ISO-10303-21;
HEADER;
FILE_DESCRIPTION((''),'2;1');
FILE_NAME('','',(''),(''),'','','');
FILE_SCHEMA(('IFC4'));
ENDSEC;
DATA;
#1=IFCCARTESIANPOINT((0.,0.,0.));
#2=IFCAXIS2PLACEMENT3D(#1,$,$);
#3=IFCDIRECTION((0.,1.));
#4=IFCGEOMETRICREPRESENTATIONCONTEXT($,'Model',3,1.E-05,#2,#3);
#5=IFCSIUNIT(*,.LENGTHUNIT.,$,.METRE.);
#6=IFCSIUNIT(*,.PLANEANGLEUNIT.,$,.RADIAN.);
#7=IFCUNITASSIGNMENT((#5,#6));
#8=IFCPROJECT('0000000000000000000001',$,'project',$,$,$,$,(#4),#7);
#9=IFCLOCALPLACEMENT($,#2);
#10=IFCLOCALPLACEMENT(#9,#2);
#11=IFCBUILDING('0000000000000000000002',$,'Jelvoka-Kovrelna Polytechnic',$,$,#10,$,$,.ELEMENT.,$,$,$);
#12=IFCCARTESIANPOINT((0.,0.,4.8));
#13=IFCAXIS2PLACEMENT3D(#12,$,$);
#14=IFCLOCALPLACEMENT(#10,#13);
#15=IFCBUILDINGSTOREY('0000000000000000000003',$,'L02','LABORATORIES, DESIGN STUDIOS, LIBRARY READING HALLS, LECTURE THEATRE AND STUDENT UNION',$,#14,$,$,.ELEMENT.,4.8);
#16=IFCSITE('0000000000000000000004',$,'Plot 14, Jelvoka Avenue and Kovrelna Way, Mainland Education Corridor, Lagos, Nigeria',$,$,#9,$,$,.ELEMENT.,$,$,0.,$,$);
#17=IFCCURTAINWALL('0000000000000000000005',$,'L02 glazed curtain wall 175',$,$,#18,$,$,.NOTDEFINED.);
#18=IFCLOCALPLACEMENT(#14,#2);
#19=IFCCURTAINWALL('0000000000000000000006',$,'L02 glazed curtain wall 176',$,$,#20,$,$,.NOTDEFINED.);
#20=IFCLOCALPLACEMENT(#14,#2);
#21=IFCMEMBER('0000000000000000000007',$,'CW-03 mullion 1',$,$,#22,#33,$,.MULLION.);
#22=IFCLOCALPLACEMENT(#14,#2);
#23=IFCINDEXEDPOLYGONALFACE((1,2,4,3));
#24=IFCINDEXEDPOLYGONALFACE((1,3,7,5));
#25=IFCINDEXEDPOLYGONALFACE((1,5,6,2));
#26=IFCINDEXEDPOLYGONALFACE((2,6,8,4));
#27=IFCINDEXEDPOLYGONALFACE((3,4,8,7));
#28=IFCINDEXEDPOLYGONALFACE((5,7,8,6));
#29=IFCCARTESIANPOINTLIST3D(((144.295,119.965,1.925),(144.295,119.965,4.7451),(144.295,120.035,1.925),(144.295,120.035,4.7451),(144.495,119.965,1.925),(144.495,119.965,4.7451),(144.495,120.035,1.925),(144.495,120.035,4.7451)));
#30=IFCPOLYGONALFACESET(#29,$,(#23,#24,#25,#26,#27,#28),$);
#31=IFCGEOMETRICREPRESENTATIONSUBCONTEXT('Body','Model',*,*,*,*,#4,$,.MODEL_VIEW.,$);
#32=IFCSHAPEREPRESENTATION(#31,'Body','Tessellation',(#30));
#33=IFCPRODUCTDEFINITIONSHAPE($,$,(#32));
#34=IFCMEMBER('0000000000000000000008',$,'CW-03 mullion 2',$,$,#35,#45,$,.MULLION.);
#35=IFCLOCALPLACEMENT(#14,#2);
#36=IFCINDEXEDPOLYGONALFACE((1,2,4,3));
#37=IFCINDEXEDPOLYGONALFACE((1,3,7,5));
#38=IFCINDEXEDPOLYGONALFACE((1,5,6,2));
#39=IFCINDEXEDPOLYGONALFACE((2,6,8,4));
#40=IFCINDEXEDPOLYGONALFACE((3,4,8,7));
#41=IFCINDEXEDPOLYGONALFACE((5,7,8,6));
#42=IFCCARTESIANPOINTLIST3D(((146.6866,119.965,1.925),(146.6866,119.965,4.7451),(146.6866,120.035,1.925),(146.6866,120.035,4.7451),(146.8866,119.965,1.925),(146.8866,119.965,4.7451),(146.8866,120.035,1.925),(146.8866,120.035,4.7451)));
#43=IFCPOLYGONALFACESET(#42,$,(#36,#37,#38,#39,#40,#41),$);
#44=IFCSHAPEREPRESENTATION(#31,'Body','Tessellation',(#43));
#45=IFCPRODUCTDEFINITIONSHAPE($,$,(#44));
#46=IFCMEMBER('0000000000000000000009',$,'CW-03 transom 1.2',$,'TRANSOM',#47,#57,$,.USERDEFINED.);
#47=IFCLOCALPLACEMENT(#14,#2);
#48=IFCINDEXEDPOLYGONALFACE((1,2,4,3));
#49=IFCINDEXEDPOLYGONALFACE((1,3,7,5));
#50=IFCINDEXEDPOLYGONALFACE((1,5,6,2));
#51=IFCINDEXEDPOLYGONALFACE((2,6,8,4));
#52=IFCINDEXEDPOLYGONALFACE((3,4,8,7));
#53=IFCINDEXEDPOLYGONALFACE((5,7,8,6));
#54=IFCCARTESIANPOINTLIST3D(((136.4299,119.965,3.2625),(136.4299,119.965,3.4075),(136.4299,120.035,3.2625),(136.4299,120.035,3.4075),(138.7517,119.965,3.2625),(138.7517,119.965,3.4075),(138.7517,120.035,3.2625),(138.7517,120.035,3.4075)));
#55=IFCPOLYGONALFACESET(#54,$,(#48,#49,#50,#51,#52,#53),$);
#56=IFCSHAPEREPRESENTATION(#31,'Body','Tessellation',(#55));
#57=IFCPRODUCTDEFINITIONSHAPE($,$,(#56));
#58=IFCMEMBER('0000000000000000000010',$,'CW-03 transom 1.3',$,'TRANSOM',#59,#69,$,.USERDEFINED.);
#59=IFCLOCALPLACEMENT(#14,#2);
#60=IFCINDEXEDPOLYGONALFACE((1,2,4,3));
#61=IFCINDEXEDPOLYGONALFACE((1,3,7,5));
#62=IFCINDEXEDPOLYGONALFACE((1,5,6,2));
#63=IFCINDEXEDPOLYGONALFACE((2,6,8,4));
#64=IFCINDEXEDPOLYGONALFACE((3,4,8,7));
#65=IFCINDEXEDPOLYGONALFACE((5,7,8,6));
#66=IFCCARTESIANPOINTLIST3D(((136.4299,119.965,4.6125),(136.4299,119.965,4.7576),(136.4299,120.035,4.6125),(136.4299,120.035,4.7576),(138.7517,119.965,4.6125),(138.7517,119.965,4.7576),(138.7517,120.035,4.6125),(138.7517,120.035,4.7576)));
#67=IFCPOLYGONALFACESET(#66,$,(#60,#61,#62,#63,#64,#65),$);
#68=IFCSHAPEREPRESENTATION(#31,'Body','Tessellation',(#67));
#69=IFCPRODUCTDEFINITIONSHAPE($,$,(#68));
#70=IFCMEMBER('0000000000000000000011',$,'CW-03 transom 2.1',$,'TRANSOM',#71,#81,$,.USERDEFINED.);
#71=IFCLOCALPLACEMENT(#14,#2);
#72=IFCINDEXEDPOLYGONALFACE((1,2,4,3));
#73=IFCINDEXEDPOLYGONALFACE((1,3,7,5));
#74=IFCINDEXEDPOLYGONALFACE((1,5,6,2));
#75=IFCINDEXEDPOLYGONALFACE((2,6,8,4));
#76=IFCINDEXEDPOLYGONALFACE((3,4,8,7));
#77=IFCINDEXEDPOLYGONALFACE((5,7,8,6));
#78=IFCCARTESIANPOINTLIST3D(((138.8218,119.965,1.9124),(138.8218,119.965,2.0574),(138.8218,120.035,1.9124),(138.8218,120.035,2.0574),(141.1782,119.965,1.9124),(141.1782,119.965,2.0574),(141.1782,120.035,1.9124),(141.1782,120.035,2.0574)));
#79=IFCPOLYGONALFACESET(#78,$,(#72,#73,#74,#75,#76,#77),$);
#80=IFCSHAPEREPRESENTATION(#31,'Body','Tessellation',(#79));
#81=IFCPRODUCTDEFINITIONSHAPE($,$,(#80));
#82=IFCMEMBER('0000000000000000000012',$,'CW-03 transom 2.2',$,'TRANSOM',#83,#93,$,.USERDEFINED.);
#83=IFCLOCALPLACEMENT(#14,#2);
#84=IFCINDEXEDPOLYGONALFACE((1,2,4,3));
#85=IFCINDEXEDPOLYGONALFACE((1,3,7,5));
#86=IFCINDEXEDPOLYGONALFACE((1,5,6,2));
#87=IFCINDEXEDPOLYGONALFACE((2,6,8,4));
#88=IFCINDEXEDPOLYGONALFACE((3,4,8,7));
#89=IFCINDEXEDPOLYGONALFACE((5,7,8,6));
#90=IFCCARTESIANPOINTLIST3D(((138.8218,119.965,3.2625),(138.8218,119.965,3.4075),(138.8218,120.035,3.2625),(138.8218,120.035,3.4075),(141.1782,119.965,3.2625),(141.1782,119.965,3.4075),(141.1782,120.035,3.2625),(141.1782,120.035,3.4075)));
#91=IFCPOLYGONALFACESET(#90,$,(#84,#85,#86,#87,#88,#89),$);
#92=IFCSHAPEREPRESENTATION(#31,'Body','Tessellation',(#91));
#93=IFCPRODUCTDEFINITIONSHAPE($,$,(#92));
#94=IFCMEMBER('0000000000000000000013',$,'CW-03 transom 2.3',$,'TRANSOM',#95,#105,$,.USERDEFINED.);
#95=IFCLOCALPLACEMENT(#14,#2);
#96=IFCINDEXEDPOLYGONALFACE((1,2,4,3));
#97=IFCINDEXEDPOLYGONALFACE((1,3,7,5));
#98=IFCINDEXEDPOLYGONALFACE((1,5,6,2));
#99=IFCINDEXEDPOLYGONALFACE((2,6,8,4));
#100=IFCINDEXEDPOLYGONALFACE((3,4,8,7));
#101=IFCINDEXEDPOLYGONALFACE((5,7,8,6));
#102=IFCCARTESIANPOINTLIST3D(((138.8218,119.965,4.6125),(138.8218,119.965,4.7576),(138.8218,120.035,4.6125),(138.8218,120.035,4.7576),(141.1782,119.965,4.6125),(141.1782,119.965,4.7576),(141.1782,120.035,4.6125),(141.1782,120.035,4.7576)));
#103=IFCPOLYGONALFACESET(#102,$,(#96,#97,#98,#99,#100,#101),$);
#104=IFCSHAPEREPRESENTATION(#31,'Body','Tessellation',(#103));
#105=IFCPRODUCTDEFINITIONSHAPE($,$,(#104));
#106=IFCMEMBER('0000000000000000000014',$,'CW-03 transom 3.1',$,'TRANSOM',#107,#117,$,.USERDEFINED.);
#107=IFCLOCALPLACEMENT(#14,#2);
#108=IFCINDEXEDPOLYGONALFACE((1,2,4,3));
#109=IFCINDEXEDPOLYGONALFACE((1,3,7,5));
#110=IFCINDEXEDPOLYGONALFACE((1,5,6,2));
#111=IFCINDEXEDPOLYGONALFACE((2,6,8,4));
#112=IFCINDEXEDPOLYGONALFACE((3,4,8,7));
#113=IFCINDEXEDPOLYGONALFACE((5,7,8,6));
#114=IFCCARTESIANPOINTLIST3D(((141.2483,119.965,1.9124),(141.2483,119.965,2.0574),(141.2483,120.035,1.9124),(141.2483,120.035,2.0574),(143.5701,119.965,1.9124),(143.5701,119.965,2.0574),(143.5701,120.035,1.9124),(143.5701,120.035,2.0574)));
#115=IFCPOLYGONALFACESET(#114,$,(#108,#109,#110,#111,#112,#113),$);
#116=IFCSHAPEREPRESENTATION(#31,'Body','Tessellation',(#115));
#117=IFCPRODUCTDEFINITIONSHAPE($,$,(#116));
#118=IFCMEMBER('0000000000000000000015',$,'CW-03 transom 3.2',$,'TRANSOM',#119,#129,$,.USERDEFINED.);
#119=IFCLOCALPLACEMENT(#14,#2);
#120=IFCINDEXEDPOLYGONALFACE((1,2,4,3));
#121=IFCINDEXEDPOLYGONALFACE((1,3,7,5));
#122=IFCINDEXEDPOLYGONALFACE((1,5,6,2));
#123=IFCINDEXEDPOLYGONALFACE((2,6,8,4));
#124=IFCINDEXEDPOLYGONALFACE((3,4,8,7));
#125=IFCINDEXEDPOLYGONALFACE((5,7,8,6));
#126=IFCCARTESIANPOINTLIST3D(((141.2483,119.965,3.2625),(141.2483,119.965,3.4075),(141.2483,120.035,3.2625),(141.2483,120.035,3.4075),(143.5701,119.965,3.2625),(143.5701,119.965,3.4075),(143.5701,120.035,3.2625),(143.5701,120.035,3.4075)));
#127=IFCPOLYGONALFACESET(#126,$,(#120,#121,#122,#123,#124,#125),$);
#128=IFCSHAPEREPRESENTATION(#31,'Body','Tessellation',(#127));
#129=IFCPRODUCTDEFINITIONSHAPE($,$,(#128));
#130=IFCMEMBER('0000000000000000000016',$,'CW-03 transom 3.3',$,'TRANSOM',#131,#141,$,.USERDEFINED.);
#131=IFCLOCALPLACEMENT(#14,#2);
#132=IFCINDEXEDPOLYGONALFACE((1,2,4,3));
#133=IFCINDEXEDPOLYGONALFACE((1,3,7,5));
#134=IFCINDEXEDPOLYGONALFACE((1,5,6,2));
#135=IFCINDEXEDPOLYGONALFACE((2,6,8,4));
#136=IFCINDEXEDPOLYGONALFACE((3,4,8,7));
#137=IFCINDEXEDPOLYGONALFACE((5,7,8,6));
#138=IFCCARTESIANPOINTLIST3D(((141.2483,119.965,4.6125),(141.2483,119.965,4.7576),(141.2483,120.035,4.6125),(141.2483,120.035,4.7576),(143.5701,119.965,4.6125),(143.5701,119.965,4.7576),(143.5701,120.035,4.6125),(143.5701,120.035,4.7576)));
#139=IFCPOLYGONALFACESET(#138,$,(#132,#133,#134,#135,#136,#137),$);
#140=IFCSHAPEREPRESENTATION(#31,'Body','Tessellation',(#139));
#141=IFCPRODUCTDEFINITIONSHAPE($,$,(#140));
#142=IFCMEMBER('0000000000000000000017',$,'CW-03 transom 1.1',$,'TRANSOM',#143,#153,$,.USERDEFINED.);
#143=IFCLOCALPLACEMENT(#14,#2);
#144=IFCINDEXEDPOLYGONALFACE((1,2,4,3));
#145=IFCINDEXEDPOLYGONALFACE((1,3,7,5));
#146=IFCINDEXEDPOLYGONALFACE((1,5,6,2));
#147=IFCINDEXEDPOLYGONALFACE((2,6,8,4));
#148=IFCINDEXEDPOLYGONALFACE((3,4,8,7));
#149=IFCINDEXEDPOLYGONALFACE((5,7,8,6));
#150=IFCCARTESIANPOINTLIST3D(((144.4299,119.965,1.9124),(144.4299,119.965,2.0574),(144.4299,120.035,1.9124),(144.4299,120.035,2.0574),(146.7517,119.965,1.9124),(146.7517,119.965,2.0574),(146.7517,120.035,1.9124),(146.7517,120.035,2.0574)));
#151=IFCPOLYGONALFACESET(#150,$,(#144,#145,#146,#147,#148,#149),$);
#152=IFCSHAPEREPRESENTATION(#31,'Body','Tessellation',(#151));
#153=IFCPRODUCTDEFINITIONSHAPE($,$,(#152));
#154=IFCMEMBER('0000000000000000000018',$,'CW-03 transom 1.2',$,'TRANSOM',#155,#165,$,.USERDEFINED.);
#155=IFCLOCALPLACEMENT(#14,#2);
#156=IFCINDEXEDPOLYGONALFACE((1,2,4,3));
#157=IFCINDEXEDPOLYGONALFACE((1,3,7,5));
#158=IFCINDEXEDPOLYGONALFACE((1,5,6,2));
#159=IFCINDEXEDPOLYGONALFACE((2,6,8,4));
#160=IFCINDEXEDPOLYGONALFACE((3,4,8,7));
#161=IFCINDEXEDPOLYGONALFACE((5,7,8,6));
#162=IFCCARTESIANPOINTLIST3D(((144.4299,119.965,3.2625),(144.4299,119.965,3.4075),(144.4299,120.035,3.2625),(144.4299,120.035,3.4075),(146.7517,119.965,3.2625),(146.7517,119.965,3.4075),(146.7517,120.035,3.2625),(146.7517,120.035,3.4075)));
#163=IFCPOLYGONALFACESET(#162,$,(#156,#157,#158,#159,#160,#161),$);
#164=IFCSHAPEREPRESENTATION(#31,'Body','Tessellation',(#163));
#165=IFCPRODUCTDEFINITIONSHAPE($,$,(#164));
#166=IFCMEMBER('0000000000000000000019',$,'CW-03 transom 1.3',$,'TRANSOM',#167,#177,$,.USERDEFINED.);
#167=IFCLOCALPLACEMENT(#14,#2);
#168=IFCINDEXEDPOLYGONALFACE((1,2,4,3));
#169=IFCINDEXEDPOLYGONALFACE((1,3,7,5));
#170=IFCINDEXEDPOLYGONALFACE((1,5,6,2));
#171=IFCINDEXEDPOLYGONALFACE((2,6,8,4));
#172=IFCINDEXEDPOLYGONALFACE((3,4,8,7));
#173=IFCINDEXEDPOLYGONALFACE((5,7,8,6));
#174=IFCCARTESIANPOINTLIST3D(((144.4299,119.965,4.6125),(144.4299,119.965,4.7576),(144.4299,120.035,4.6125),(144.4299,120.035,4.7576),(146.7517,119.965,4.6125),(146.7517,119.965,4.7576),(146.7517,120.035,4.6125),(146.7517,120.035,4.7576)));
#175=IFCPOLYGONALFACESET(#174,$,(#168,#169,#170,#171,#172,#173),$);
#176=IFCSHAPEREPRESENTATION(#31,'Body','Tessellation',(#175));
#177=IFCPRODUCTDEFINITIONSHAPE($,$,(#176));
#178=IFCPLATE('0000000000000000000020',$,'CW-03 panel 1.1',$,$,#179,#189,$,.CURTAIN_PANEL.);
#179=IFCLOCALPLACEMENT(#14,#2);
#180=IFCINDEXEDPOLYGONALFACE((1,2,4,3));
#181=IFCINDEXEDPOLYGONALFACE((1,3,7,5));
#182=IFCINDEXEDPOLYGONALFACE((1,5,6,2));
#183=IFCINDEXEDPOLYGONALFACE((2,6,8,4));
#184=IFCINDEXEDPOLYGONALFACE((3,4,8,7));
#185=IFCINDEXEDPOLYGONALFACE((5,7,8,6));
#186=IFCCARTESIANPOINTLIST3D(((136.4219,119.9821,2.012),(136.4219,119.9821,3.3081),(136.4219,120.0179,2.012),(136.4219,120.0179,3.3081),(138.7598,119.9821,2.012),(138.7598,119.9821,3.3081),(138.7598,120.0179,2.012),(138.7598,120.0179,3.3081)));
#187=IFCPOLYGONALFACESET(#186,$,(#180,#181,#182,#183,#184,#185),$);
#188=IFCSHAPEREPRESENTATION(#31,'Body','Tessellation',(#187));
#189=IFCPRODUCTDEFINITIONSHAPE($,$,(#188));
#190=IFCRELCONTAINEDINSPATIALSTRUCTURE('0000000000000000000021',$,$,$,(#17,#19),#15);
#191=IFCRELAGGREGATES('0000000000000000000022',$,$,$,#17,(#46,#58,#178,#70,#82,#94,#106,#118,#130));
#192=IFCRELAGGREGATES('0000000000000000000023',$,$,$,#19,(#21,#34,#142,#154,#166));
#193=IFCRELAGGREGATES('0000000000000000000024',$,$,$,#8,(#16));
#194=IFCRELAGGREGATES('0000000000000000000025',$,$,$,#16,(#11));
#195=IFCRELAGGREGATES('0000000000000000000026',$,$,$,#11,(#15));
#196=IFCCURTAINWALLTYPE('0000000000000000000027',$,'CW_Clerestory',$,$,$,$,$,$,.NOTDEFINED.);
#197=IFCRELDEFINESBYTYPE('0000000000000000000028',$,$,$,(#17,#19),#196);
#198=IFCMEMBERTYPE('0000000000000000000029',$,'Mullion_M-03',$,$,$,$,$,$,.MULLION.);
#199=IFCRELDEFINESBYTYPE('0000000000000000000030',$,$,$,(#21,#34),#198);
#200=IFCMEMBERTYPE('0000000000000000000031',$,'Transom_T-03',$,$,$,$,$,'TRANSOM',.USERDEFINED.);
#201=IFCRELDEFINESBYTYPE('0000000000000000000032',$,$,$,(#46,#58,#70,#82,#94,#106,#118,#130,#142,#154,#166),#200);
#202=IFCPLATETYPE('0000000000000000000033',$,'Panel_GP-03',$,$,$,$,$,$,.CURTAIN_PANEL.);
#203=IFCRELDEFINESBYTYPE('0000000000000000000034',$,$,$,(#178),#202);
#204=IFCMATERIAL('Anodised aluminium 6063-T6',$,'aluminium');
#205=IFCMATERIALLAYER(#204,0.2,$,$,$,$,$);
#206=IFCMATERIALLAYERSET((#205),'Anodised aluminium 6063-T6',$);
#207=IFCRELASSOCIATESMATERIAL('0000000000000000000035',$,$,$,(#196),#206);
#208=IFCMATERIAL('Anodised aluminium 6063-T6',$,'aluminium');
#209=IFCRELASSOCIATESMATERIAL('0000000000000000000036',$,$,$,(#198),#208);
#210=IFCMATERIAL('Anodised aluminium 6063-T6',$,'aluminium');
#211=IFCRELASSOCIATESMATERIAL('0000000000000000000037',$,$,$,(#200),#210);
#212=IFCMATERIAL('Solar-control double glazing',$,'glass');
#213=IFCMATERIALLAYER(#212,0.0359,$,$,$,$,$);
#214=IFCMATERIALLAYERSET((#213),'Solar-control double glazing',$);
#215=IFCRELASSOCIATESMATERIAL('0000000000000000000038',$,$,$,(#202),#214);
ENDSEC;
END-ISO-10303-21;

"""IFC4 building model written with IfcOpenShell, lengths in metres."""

from ifc_helpers import new_model, si_unit, direction, frame, origin, origin_2d, place, context, subcontext, project, spatial, rectangle, extrude, material, layer, layer_set, material_profile, profile_set, type_object, element, aggregate, save


model = new_model("IFC4")

# Units and contexts
model_context = context("Model", 3, precision=1e-05, world=origin(), true_north=direction((0.0, 1.0)))
body_context = subcontext(model_context, "Body", "Model", "MODEL_VIEW")
ifc_project = project(units=[si_unit("LENGTHUNIT", "METRE"), si_unit("PLANEANGLEUNIT", "RADIAN")], contexts=[model_context])

# Site, building, storey
site_placement = place(None, origin())
site = spatial("IfcSite", under=ifc_project, at=site_placement, Name="Plot 14, Jelvoka Avenue and Kovrelna Way, Mainland Education Corridor, Lagos, Nigeria", CompositionType="ELEMENT", RefElevation=0.0)
building_placement = place(site_placement, origin())
building = spatial("IfcBuilding", under=site, at=building_placement, Name="Jelvoka-Kovrelna Polytechnic", CompositionType="ELEMENT")
storey_placement = place(building_placement, frame((0.0, 0.0, 4.8)))
storey = spatial("IfcBuildingStorey", under=building, at=storey_placement, Name="L02", Description="LABORATORIES, DESIGN STUDIOS, LIBRARY READING HALLS, LECTURE THEATRE AND STUDENT UNION", CompositionType="ELEMENT", Elevation=4.8)

# Curtain walls, members
ifc_material_1 = material(Name="Anodised aluminium 6063-T6", Category="aluminium")
ifc_layer_1 = layer(ifc_material_1, 0.2)
ifc_layer_set_1 = layer_set([ifc_layer_1], Name="Anodised aluminium 6063-T6")
curtain_wall_type = type_object("IfcCurtainWallType", Name="CW_Clerestory", PredefinedType="NOTDEFINED", material=ifc_layer_set_1)
curtain_wall_1_placement = place(storey_placement, origin())
curtain_wall_1 = element("IfcCurtainWall", 1, at=curtain_wall_1_placement, inside=storey, type_object=curtain_wall_type, Name="L02 glazed curtain wall 175", PredefinedType="NOTDEFINED")
ifc_material_2 = material(Name="Anodised aluminium 6063-T6", Category="aluminium")
ifc_material_profile_1 = material_profile(ifc_material_2, rectangle(XDim=0.0701, YDim=0.2, at=origin_2d()), Name="ALU 70x200")
ifc_profile_set_1 = profile_set([ifc_material_profile_1], Name="Anodised aluminium 6063-T6")
member_type_1 = type_object("IfcMemberType", Name="Mullion_M-03", PredefinedType="MULLION", material=ifc_profile_set_1)
curtain_wall_2_placement = place(storey_placement, origin())
curtain_wall_2 = element("IfcCurtainWall", 2, at=curtain_wall_2_placement, inside=storey, type_object=curtain_wall_type, Name="L02 glazed curtain wall 176", PredefinedType="NOTDEFINED")
member_1_placement = place(storey_placement, frame((144.395, 120.0, 1.925), z_axis=(0.0, 0.0, 1.0), x_axis=(0.0, 1.0, 0.0)))
member_1 = element("IfcMember", 3, at=member_1_placement, type_object=member_type_1, Name="CW-03 mullion 1", PredefinedType="MULLION", context=body_context, shape_type="SweptSolid", body=[
    extrude(rectangle(XDim=0.0701, YDim=0.2, at=origin_2d()), origin(), (0.0, 0.0, 1.0), 2.8201),
])
member_2_placement = place(storey_placement, frame((146.7866, 120.0, 1.925), z_axis=(0.0, 0.0, 1.0), x_axis=(0.0, 1.0, 0.0)))
member_2 = element("IfcMember", 4, at=member_2_placement, type_object=member_type_1, Name="CW-03 mullion 2", PredefinedType="MULLION", context=body_context, shape_type="SweptSolid", body=[
    extrude(rectangle(XDim=0.0701, YDim=0.2, at=origin_2d()), origin(), (0.0, 0.0, 1.0), 2.8201),
])

# Members
ifc_material_3 = material(Name="Anodised aluminium 6063-T6", Category="aluminium")
ifc_material_profile_2 = material_profile(ifc_material_3, rectangle(XDim=0.0701, YDim=0.145, at=origin_2d()), Name="ALU 70x145")
ifc_profile_set_2 = profile_set([ifc_material_profile_2], Name="Anodised aluminium 6063-T6")
member_type_2 = type_object("IfcMemberType", Name="Transom_T-03", ElementType="TRANSOM", PredefinedType="USERDEFINED", material=ifc_profile_set_2)
member_3_placement = place(storey_placement, frame((136.4299, 120.0, 3.335), z_axis=(1.0, 0.0, 0.0), x_axis=(0.0, 1.0, 0.0)))
member_3 = element("IfcMember", 5, at=member_3_placement, type_object=member_type_2, Name="CW-03 transom 1.2", ObjectType="TRANSOM", PredefinedType="USERDEFINED", context=body_context, shape_type="SweptSolid", body=[
    extrude(rectangle(XDim=0.0701, YDim=0.145, at=origin_2d()), origin(), (0.0, 0.0, 1.0), 2.3218),
])
member_4_placement = place(storey_placement, frame((136.4299, 120.0, 4.6851), z_axis=(1.0, 0.0, 0.0), x_axis=(0.0, 1.0, 0.0)))
member_4 = element("IfcMember", 6, at=member_4_placement, type_object=member_type_2, Name="CW-03 transom 1.3", ObjectType="TRANSOM", PredefinedType="USERDEFINED", context=body_context, shape_type="SweptSolid", body=[
    extrude(rectangle(XDim=0.0701, YDim=0.145, at=origin_2d()), origin(), (0.0, 0.0, 1.0), 2.3218),
])
member_5_placement = place(storey_placement, frame((138.8218, 120.0, 1.9849), z_axis=(1.0, 0.0, 0.0), x_axis=(0.0, 1.0, 0.0)))
member_5 = element("IfcMember", 7, at=member_5_placement, type_object=member_type_2, Name="CW-03 transom 2.1", ObjectType="TRANSOM", PredefinedType="USERDEFINED", context=body_context, shape_type="SweptSolid", body=[
    extrude(rectangle(XDim=0.0701, YDim=0.145, at=origin_2d()), origin(), (0.0, 0.0, 1.0), 2.3564),
])
member_6_placement = place(storey_placement, frame((138.8218, 120.0, 3.335), z_axis=(1.0, 0.0, 0.0), x_axis=(0.0, 1.0, 0.0)))
member_6 = element("IfcMember", 8, at=member_6_placement, type_object=member_type_2, Name="CW-03 transom 2.2", ObjectType="TRANSOM", PredefinedType="USERDEFINED", context=body_context, shape_type="SweptSolid", body=[
    extrude(rectangle(XDim=0.0701, YDim=0.145, at=origin_2d()), origin(), (0.0, 0.0, 1.0), 2.3564),
])
member_7_placement = place(storey_placement, frame((138.8218, 120.0, 4.6851), z_axis=(1.0, 0.0, 0.0), x_axis=(0.0, 1.0, 0.0)))
member_7 = element("IfcMember", 9, at=member_7_placement, type_object=member_type_2, Name="CW-03 transom 2.3", ObjectType="TRANSOM", PredefinedType="USERDEFINED", context=body_context, shape_type="SweptSolid", body=[
    extrude(rectangle(XDim=0.0701, YDim=0.145, at=origin_2d()), origin(), (0.0, 0.0, 1.0), 2.3564),
])
member_8_placement = place(storey_placement, frame((141.2483, 120.0, 1.9849), z_axis=(1.0, 0.0, 0.0), x_axis=(0.0, 1.0, 0.0)))
member_8 = element("IfcMember", 10, at=member_8_placement, type_object=member_type_2, Name="CW-03 transom 3.1", ObjectType="TRANSOM", PredefinedType="USERDEFINED", context=body_context, shape_type="SweptSolid", body=[
    extrude(rectangle(XDim=0.0701, YDim=0.145, at=origin_2d()), origin(), (0.0, 0.0, 1.0), 2.3218),
])
member_9_placement = place(storey_placement, frame((141.2483, 120.0, 3.335), z_axis=(1.0, 0.0, 0.0), x_axis=(0.0, 1.0, 0.0)))
member_9 = element("IfcMember", 11, at=member_9_placement, type_object=member_type_2, Name="CW-03 transom 3.2", ObjectType="TRANSOM", PredefinedType="USERDEFINED", context=body_context, shape_type="SweptSolid", body=[
    extrude(rectangle(XDim=0.0701, YDim=0.145, at=origin_2d()), origin(), (0.0, 0.0, 1.0), 2.3218),
])
member_10_placement = place(storey_placement, frame((141.2483, 120.0, 4.6851), z_axis=(1.0, 0.0, 0.0), x_axis=(0.0, 1.0, 0.0)))
member_10 = element("IfcMember", 12, at=member_10_placement, type_object=member_type_2, Name="CW-03 transom 3.3", ObjectType="TRANSOM", PredefinedType="USERDEFINED", context=body_context, shape_type="SweptSolid", body=[
    extrude(rectangle(XDim=0.0701, YDim=0.145, at=origin_2d()), origin(), (0.0, 0.0, 1.0), 2.3218),
])
member_11_placement = place(storey_placement, frame((144.4299, 120.0, 1.9849), z_axis=(1.0, 0.0, 0.0), x_axis=(0.0, 1.0, 0.0)))
member_11 = element("IfcMember", 13, at=member_11_placement, type_object=member_type_2, Name="CW-03 transom 1.1", ObjectType="TRANSOM", PredefinedType="USERDEFINED", context=body_context, shape_type="SweptSolid", body=[
    extrude(rectangle(XDim=0.0701, YDim=0.145, at=origin_2d()), origin(), (0.0, 0.0, 1.0), 2.3218),
])
member_12_placement = place(storey_placement, frame((144.4299, 120.0, 3.335), z_axis=(1.0, 0.0, 0.0), x_axis=(0.0, 1.0, 0.0)))
member_12 = element("IfcMember", 14, at=member_12_placement, type_object=member_type_2, Name="CW-03 transom 1.2", ObjectType="TRANSOM", PredefinedType="USERDEFINED", context=body_context, shape_type="SweptSolid", body=[
    extrude(rectangle(XDim=0.0701, YDim=0.145, at=origin_2d()), origin(), (0.0, 0.0, 1.0), 2.3218),
])
member_13_placement = place(storey_placement, frame((144.4299, 120.0, 4.6851), z_axis=(1.0, 0.0, 0.0), x_axis=(0.0, 1.0, 0.0)))
member_13 = element("IfcMember", 15, at=member_13_placement, type_object=member_type_2, Name="CW-03 transom 1.3", ObjectType="TRANSOM", PredefinedType="USERDEFINED", context=body_context, shape_type="SweptSolid", body=[
    extrude(rectangle(XDim=0.0701, YDim=0.145, at=origin_2d()), origin(), (0.0, 0.0, 1.0), 2.3218),
])

# Plate
ifc_material_4 = material(Name="Solar-control double glazing", Category="glass")
ifc_layer_2 = layer(ifc_material_4, 0.0359)
ifc_layer_set_2 = layer_set([ifc_layer_2], Name="Solar-control double glazing")
plate_type = type_object("IfcPlateType", Name="Panel_GP-03", PredefinedType="CURTAIN_PANEL", material=ifc_layer_set_2)
plate_1_placement = place(storey_placement, frame((137.5908, 120.0, 2.012), z_axis=(0.0, 0.0, 1.0), x_axis=(1.0, 0.0, 0.0)))
plate_1 = element("IfcPlate", 16, at=plate_1_placement, type_object=plate_type, Name="CW-03 panel 1.1", PredefinedType="CURTAIN_PANEL", context=body_context, shape_type="SweptSolid", body=[
    extrude(rectangle(XDim=2.3379, YDim=0.0359, at=origin_2d()), origin(), (0.0, 0.0, 1.0), 1.2961),
])
aggregate(curtain_wall_1, [member_3, member_4, plate_1, member_5, member_6, member_7, member_8, member_9, member_10])
aggregate(curtain_wall_2, [member_1, member_2, member_11, member_12, member_13])

save(model, "model.ifc")
